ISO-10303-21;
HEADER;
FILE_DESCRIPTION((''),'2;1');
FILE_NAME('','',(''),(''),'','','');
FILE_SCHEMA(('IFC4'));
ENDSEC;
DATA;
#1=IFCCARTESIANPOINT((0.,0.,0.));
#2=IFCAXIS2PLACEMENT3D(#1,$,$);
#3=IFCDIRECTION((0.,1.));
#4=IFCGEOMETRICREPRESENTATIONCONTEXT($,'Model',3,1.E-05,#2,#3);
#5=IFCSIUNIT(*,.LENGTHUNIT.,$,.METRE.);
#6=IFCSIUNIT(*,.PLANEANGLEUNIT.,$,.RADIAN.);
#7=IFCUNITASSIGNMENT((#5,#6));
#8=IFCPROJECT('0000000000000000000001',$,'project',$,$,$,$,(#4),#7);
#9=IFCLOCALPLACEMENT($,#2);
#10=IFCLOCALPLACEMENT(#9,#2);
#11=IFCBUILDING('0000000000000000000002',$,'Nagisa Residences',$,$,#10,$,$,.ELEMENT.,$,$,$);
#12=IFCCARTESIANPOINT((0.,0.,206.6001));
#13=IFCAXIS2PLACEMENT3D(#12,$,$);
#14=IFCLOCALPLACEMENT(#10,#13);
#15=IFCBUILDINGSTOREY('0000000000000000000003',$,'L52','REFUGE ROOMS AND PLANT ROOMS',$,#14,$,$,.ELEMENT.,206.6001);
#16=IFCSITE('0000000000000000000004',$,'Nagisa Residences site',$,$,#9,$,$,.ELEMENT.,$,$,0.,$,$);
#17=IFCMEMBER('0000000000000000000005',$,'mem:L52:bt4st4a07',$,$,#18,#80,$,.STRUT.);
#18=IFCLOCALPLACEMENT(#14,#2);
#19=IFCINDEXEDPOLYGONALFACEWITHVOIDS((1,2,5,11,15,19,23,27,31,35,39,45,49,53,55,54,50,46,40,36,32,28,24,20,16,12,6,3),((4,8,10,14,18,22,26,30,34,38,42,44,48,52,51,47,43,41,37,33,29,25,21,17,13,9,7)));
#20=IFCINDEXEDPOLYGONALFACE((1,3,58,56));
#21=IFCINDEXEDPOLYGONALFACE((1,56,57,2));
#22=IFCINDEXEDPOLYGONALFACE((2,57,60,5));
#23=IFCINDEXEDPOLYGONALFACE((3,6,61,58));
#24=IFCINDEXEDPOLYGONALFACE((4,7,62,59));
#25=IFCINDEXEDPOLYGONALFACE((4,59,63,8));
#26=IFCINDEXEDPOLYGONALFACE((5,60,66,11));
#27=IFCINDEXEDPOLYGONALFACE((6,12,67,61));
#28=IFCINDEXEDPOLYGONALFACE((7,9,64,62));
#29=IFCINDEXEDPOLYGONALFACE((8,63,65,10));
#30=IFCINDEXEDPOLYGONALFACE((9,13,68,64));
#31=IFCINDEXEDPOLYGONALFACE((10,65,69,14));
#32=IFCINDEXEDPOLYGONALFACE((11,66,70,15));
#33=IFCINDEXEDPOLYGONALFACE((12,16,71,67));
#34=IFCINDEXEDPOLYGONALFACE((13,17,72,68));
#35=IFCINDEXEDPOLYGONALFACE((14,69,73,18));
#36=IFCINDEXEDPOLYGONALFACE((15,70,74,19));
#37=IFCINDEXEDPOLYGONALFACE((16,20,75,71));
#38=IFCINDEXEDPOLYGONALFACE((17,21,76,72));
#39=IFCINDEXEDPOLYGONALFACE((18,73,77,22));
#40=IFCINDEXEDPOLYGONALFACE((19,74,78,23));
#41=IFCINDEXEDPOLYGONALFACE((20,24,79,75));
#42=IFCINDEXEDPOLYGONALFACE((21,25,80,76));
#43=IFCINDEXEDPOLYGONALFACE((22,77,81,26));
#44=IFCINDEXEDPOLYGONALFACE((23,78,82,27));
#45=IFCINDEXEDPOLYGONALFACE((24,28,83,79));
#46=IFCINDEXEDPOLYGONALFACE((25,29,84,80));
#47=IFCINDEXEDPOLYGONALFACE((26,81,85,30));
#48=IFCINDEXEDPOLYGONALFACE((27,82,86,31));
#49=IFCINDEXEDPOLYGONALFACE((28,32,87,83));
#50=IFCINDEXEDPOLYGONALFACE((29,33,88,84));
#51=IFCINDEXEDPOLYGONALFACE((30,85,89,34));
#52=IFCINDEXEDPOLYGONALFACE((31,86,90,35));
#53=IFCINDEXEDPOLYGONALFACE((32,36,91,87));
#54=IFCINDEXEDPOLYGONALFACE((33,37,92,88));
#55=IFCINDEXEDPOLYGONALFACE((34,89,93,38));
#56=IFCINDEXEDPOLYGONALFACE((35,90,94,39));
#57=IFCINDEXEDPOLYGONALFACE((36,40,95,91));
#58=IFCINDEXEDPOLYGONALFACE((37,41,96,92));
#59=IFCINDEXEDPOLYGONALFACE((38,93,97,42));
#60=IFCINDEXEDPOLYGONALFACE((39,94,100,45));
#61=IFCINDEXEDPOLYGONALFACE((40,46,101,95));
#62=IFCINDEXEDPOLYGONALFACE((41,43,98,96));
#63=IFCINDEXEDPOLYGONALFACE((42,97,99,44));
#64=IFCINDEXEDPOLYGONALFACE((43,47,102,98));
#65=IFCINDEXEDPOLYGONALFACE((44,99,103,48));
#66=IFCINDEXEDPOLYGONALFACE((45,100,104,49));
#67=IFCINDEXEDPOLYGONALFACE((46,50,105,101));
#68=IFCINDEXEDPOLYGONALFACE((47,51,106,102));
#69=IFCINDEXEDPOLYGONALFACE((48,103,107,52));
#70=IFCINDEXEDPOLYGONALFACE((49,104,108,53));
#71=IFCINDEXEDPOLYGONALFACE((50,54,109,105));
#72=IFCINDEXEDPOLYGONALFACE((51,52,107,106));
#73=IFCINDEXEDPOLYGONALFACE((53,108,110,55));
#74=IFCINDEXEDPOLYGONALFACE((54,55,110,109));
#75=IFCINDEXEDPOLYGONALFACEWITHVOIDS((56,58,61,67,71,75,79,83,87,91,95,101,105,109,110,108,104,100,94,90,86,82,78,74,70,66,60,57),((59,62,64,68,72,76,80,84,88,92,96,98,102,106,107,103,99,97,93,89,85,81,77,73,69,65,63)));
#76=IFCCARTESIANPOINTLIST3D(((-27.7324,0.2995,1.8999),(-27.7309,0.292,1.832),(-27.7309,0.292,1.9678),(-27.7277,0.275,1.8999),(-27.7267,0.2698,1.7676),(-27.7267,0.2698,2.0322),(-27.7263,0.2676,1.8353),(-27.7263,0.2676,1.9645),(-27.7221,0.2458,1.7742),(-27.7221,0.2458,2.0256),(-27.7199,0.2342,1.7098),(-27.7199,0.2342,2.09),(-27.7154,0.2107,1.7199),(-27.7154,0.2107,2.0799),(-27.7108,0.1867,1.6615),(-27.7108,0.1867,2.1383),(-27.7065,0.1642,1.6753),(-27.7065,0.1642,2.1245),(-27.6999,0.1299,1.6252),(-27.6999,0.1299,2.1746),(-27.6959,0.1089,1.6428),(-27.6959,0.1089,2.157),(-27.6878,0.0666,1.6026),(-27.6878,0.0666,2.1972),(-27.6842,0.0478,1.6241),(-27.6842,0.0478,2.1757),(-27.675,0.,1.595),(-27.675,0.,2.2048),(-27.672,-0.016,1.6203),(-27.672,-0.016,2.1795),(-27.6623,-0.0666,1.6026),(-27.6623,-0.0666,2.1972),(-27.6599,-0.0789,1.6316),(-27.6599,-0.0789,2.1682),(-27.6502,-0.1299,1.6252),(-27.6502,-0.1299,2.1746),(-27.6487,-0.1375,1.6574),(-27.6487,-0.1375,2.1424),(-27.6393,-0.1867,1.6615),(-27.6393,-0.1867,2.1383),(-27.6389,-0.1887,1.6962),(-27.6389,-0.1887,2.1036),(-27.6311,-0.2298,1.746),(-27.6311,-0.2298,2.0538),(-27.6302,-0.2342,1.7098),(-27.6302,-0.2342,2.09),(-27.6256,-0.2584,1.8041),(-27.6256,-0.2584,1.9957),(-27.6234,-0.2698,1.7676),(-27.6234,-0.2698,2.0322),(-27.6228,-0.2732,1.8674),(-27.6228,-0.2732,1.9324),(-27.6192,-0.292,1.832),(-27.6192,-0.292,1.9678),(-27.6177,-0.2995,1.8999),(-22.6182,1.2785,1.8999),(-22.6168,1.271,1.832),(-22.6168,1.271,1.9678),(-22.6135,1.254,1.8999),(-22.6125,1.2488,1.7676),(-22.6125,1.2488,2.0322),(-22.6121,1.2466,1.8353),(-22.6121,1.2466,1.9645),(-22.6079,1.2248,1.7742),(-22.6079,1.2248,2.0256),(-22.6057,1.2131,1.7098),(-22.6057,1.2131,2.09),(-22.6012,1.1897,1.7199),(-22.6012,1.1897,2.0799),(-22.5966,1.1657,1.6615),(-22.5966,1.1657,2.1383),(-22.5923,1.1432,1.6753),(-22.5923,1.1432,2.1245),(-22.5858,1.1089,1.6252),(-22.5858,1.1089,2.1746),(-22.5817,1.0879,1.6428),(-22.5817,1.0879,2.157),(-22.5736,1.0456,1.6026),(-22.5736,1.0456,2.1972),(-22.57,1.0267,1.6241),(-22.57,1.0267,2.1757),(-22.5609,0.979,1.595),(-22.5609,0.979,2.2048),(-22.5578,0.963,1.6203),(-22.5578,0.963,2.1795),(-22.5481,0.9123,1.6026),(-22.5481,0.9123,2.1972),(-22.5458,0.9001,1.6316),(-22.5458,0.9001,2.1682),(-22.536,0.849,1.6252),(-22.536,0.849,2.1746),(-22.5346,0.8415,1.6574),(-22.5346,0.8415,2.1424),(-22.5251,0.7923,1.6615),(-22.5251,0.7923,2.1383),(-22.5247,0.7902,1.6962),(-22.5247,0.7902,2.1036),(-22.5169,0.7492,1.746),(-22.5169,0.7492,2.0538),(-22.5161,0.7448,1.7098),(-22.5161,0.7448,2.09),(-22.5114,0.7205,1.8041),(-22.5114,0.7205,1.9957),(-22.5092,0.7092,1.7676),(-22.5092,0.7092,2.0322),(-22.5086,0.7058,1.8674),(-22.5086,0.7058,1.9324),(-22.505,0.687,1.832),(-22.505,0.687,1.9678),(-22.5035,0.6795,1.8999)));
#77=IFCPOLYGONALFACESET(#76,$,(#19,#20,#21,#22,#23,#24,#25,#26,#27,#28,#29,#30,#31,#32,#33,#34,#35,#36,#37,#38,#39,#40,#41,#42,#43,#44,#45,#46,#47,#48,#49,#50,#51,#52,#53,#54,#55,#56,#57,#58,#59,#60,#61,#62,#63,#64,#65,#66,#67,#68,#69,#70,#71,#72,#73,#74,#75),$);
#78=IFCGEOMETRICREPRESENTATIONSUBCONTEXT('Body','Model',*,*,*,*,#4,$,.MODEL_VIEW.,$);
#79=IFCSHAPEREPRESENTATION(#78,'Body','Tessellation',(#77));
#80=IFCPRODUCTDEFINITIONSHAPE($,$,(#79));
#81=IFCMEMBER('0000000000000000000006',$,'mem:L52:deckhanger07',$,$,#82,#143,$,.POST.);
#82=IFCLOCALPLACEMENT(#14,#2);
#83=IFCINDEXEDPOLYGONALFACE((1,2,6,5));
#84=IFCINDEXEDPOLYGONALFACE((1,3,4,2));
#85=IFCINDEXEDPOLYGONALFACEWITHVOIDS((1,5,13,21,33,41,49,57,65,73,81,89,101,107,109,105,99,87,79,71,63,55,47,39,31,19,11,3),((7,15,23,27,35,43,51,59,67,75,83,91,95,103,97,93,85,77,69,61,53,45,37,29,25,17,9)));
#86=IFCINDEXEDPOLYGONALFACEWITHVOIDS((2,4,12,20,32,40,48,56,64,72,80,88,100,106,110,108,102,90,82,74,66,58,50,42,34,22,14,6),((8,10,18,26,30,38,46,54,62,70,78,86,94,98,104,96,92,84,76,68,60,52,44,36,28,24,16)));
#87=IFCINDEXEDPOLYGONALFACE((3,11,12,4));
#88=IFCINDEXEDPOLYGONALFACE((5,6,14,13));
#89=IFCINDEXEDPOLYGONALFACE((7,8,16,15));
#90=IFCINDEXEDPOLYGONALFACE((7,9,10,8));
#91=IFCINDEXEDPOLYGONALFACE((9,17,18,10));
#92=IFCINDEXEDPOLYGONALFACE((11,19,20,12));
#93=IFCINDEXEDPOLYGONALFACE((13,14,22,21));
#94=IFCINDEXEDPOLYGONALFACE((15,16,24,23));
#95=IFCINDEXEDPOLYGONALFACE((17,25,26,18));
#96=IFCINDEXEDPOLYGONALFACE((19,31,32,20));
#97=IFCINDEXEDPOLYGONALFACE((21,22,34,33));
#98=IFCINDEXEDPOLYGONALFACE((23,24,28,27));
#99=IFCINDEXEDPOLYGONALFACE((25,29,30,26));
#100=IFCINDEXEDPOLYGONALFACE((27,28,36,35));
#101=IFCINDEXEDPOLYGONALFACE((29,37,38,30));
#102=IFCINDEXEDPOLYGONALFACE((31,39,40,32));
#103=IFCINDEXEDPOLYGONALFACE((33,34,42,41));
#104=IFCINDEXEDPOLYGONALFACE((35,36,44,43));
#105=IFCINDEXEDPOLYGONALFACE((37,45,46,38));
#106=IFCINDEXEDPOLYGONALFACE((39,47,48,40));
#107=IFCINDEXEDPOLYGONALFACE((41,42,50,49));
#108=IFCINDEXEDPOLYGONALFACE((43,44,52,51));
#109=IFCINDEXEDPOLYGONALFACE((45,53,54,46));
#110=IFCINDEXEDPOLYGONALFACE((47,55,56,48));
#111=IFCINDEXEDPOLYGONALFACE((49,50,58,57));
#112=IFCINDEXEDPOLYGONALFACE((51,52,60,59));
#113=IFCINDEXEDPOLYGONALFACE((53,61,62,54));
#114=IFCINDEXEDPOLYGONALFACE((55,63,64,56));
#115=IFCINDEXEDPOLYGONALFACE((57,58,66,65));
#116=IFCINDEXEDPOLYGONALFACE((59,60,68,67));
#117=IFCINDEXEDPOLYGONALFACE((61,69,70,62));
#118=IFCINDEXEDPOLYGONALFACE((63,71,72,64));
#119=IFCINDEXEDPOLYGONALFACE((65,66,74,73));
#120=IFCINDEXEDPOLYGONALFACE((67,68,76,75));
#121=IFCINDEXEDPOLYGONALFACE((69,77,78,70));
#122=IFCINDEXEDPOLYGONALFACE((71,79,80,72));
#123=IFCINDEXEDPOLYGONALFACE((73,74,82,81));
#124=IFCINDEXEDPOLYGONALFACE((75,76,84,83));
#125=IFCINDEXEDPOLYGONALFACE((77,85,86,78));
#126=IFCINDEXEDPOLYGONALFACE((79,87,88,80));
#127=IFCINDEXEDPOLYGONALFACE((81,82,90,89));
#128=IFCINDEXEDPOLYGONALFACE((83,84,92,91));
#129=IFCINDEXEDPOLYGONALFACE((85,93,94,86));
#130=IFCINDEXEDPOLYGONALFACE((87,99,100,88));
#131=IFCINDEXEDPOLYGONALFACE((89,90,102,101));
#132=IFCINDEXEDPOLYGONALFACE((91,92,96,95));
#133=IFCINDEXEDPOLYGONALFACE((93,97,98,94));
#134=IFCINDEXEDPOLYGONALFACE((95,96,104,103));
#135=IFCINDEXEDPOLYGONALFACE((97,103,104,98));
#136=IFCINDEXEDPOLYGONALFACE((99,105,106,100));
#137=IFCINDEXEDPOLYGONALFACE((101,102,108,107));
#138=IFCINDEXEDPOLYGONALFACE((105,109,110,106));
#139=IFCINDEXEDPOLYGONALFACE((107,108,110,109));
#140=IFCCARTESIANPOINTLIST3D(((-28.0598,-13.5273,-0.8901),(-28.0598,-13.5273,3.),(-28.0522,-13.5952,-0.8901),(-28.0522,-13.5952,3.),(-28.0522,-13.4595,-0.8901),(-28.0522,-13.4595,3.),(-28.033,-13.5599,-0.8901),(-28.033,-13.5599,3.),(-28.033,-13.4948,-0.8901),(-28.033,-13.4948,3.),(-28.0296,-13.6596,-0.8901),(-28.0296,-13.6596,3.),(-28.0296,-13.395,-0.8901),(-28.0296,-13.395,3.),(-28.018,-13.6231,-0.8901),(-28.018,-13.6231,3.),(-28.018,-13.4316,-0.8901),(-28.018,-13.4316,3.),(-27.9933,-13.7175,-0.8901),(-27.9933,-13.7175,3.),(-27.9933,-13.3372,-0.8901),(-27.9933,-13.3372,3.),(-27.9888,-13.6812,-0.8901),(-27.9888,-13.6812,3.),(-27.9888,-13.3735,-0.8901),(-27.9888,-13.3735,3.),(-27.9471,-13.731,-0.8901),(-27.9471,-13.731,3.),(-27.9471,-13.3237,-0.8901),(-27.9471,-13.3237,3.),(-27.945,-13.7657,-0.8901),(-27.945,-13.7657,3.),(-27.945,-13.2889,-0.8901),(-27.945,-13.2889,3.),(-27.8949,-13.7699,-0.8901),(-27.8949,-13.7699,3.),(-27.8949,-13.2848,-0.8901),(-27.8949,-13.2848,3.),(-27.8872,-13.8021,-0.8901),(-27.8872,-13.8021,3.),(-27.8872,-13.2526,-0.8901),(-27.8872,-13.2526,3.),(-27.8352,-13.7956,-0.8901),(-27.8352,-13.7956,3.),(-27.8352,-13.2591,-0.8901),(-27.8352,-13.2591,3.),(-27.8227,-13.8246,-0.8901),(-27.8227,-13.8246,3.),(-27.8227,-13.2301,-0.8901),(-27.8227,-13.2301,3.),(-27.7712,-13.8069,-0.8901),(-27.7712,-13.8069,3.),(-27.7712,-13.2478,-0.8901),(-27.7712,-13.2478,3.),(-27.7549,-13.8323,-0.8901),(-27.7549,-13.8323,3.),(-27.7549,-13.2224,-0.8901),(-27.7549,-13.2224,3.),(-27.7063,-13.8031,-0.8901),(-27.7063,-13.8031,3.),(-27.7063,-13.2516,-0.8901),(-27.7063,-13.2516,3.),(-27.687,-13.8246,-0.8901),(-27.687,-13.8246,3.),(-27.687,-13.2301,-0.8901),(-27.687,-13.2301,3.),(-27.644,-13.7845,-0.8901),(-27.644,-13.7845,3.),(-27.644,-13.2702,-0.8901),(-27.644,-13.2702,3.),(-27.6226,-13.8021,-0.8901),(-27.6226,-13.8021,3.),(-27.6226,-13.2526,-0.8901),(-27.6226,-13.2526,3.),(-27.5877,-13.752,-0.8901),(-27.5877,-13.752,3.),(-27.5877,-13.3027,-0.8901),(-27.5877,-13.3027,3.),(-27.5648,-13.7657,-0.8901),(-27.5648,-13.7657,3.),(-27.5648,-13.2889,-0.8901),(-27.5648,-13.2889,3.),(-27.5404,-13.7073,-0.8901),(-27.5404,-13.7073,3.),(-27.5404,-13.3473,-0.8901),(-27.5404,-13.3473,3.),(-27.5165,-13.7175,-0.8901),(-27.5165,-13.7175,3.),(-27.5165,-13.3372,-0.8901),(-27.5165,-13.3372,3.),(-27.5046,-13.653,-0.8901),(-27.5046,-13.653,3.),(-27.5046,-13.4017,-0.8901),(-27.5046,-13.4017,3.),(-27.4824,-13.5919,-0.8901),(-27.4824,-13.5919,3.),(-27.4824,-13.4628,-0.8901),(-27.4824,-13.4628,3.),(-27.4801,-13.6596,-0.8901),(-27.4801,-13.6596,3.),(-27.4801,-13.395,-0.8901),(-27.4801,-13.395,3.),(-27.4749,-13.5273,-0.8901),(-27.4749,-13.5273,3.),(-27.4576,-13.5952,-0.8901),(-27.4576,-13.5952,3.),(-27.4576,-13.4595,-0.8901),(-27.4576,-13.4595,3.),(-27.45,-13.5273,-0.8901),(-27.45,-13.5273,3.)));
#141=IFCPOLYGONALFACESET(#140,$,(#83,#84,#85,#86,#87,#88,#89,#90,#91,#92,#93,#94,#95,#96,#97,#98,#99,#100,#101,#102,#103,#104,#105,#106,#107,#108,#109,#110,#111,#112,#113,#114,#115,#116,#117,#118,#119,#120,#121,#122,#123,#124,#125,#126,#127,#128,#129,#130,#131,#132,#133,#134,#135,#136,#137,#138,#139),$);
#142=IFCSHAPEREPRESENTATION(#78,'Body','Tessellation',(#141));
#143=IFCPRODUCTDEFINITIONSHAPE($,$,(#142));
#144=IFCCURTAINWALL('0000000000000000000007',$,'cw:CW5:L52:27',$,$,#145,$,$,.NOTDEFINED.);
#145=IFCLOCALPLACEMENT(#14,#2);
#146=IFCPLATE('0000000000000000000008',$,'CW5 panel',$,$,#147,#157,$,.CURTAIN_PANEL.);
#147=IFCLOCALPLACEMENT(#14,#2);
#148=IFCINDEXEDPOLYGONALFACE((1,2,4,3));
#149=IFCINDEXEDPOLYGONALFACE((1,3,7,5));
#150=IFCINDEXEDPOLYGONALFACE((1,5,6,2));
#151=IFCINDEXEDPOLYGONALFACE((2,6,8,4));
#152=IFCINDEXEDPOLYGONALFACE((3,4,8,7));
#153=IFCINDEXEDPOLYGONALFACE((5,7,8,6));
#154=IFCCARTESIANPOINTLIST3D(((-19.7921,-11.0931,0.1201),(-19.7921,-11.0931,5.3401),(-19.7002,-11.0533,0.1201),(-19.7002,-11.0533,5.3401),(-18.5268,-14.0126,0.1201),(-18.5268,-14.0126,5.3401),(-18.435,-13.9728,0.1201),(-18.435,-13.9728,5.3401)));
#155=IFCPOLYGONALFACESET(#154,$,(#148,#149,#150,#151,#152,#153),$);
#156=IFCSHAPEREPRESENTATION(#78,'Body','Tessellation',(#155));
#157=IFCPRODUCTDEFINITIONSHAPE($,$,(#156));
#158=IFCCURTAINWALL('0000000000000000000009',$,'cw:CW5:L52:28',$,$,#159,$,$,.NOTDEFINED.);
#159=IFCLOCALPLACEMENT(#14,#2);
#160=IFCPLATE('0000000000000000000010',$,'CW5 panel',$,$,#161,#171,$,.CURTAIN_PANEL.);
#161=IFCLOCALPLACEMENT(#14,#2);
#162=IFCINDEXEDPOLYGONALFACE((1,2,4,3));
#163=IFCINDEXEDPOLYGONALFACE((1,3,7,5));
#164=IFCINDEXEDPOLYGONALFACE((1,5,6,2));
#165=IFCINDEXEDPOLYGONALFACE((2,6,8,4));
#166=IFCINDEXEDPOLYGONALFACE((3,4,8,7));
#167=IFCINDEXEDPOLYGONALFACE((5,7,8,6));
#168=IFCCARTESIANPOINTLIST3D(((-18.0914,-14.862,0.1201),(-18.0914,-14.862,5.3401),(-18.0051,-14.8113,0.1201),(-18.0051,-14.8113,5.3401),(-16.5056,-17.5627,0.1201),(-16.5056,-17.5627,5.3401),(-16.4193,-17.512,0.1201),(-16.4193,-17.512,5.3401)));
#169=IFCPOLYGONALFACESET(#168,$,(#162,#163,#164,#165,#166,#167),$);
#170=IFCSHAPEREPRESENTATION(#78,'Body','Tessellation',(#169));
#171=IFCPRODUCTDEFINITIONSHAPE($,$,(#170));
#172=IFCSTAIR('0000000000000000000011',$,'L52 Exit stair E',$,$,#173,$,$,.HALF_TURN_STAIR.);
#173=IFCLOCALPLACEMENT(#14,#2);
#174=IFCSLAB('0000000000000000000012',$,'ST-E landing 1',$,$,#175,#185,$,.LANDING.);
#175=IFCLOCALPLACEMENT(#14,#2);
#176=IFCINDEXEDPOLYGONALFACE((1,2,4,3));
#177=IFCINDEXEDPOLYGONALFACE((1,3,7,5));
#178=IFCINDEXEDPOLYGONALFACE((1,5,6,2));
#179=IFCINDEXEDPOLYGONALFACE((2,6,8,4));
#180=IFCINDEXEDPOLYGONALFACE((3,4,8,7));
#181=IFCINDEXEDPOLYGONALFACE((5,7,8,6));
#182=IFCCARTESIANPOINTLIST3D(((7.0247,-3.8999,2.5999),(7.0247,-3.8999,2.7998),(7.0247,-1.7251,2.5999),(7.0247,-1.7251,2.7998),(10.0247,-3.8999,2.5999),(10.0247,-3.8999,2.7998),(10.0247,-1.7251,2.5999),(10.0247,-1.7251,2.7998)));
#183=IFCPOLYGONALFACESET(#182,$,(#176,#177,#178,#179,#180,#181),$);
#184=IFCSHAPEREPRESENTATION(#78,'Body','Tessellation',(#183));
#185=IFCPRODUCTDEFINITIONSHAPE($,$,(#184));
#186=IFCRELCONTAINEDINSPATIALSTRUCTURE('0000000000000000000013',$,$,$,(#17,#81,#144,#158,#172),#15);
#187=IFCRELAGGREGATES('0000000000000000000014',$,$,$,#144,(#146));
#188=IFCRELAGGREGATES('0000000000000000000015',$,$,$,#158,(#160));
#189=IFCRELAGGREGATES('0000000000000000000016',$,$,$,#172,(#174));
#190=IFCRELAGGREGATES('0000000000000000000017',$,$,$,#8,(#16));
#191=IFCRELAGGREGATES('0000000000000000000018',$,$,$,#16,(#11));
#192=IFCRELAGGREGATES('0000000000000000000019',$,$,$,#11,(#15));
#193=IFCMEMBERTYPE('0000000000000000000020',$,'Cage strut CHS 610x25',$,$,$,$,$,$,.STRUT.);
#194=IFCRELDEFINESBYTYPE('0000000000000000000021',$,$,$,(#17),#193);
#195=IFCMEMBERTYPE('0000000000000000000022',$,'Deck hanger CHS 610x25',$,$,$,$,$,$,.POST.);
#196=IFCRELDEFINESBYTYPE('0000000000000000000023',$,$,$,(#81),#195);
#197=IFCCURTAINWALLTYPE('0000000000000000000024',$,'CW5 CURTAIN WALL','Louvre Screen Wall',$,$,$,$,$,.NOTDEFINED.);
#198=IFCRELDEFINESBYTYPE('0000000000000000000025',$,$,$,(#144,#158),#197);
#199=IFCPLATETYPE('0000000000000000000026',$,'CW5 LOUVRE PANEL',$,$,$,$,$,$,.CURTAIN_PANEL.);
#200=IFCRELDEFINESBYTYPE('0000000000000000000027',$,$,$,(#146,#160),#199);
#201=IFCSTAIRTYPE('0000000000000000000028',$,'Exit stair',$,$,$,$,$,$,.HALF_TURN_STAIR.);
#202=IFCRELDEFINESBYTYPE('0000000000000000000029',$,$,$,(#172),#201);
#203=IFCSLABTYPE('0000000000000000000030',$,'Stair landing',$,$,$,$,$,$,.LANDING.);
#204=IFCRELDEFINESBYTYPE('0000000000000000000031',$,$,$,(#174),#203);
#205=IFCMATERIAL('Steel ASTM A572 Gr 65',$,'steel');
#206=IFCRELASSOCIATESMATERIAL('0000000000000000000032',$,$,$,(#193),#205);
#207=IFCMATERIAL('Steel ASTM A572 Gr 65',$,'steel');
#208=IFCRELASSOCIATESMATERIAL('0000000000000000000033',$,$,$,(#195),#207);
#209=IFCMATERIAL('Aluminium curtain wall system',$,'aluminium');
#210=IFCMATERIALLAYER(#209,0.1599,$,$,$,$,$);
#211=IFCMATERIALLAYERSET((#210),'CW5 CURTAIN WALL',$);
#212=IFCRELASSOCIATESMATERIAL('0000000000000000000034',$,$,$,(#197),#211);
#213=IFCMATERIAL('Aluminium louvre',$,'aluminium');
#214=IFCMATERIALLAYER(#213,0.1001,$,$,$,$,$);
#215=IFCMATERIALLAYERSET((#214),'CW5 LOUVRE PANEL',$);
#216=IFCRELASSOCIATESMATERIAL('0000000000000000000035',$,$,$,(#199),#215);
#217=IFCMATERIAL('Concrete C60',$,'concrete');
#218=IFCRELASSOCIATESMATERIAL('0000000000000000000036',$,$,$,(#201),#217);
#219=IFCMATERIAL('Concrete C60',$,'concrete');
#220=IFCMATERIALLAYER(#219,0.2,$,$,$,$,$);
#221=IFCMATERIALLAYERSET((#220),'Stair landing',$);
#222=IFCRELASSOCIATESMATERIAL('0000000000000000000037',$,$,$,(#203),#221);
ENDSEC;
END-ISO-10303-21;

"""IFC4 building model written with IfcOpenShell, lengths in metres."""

from ifc_helpers import new_model, si_unit, direction, frame, origin, origin_2d, place, context, subcontext, project, spatial, polyline, rectangle, hollow_circle, outline, extrude, material, layer, layer_set, material_profile, profile_set, type_object, element, aggregate, save


model = new_model("IFC4")

# Units and contexts
model_context = context("Model", 3, precision=1e-05, world=origin(), true_north=direction((0.0, 1.0)))
body_context = subcontext(model_context, "Body", "Model", "MODEL_VIEW")
ifc_project = project(units=[si_unit("LENGTHUNIT", "METRE"), si_unit("PLANEANGLEUNIT", "RADIAN")], contexts=[model_context])

# Site, building, storey
site_placement = place(None, origin())
site = spatial("IfcSite", under=ifc_project, at=site_placement, Name="Nagisa Residences site", CompositionType="ELEMENT", RefElevation=0.0)
building_placement = place(site_placement, origin())
building = spatial("IfcBuilding", under=site, at=building_placement, Name="Nagisa Residences", CompositionType="ELEMENT")
storey_placement = place(building_placement, frame((0.0, 0.0, 206.6001)))
storey = spatial("IfcBuildingStorey", under=building, at=storey_placement, Name="L52", Description="REFUGE ROOMS AND PLANT ROOMS", CompositionType="ELEMENT", Elevation=206.6001)

# Members
ifc_material_1 = material(Name="Steel ASTM A572 Gr 65", Category="steel")
ifc_material_profile_1 = material_profile(ifc_material_1, hollow_circle(Radius=0.3049, WallThickness=0.0249, at=origin_2d()), Name="CHS 610x25")
ifc_profile_set_1 = profile_set([ifc_material_profile_1], Name="Steel ASTM A572 Gr 65")
member_type_1 = type_object("IfcMemberType", Name="Cage strut CHS 610x25", PredefinedType="STRUT", material=ifc_profile_set_1)
member_1_placement = place(storey_placement, frame((-27.675, 0.0, 1.8999), z_axis=(0.982167, 0.188013, 0.0), x_axis=(-0.188013, 0.982167, 0.0)))
element("IfcMember", 1, at=member_1_placement, inside=storey, type_object=member_type_1, Name="mem:L52:bt4st4a07", PredefinedType="STRUT", context=body_context, shape_type="SweptSolid", body=[
    extrude(hollow_circle(Radius=0.3049, WallThickness=0.0249, at=origin_2d()), origin(), (0.0, 0.0, 1.0), 5.207),
])
ifc_material_2 = material(Name="Steel ASTM A572 Gr 65", Category="steel")
ifc_material_profile_2 = material_profile(ifc_material_2, hollow_circle(Radius=0.3049, WallThickness=0.0249, at=origin_2d()), Name="CHS 610x25")
ifc_profile_set_2 = profile_set([ifc_material_profile_2], Name="Steel ASTM A572 Gr 65")
member_type_2 = type_object("IfcMemberType", Name="Deck hanger CHS 610x25", PredefinedType="POST", material=ifc_profile_set_2)
member_2_placement = place(storey_placement, frame((-27.7549, -13.5273, 3.0), z_axis=(0.0, 0.0, -1.0), x_axis=(1.0, 0.0, 0.0)))
element("IfcMember", 2, at=member_2_placement, inside=storey, type_object=member_type_2, Name="mem:L52:deckhanger07", PredefinedType="POST", context=body_context, shape_type="SweptSolid", body=[
    extrude(hollow_circle(Radius=0.3049, WallThickness=0.0249, at=origin_2d()), origin(), (0.0, 0.0, 1.0), 3.8901),
])

# Curtain walls, plates
ifc_material_3 = material(Name="Aluminium curtain wall system", Category="aluminium")
ifc_layer_1 = layer(ifc_material_3, 0.1599)
ifc_layer_set_1 = layer_set([ifc_layer_1], Name="CW5 CURTAIN WALL")
curtain_wall_type = type_object("IfcCurtainWallType", Name="CW5 CURTAIN WALL", Description="Louvre Screen Wall", PredefinedType="NOTDEFINED", material=ifc_layer_set_1)
curtain_wall_1_placement = place(storey_placement, origin())
curtain_wall_1 = element("IfcCurtainWall", 3, at=curtain_wall_1_placement, inside=storey, type_object=curtain_wall_type, Name="cw:CW5:L52:27", PredefinedType="NOTDEFINED")
ifc_material_4 = material(Name="Aluminium louvre", Category="aluminium")
ifc_layer_2 = layer(ifc_material_4, 0.1001)
ifc_layer_set_2 = layer_set([ifc_layer_2], Name="CW5 LOUVRE PANEL")
plate_type = type_object("IfcPlateType", Name="CW5 LOUVRE PANEL", PredefinedType="CURTAIN_PANEL", material=ifc_layer_set_2)
plate_1_placement = place(storey_placement, frame((-19.1135, -12.533, 0.1201), z_axis=(0.0, 0.0, 1.0), x_axis=(0.397636, -0.917543, 0.0)))
plate_1 = element("IfcPlate", 4, at=plate_1_placement, type_object=plate_type, Name="CW5 panel", PredefinedType="CURTAIN_PANEL", context=body_context, shape_type="SweptSolid", body=[
    extrude(rectangle(XDim=3.1819, YDim=0.1001, at=origin_2d()), origin(), (0.0, 0.0, 1.0), 5.22),
])
aggregate(curtain_wall_1, [plate_1])
curtain_wall_2_placement = place(storey_placement, origin())
curtain_wall_2 = element("IfcCurtainWall", 5, at=curtain_wall_2_placement, inside=storey, type_object=curtain_wall_type, Name="cw:CW5:L52:28", PredefinedType="NOTDEFINED")
plate_2_placement = place(storey_placement, frame((-17.2554, -16.187, 0.1201), z_axis=(0.0, 0.0, 1.0), x_axis=(0.506349, -0.862329, 0.0)))
plate_2 = element("IfcPlate", 6, at=plate_2_placement, type_object=plate_type, Name="CW5 panel", PredefinedType="CURTAIN_PANEL", context=body_context, shape_type="SweptSolid", body=[
    extrude(rectangle(XDim=3.1318, YDim=0.1001, at=origin_2d()), origin(), (0.0, 0.0, 1.0), 5.22),
])
aggregate(curtain_wall_2, [plate_2])

# Stair, slab
ifc_material_5 = material(Name="Concrete C60", Category="concrete")
stair_type = type_object("IfcStairType", Name="Exit stair", PredefinedType="HALF_TURN_STAIR", material=ifc_material_5)
stair_1_placement = place(storey_placement, origin())
stair_1 = element("IfcStair", 7, at=stair_1_placement, inside=storey, type_object=stair_type, Name="L52 Exit stair E", PredefinedType="HALF_TURN_STAIR")
ifc_material_6 = material(Name="Concrete C60", Category="concrete")
ifc_layer_3 = layer(ifc_material_6, 0.2)
ifc_layer_set_3 = layer_set([ifc_layer_3], Name="Stair landing")
slab_type = type_object("IfcSlabType", Name="Stair landing", PredefinedType="LANDING", material=ifc_layer_set_3)
slab_placement = place(storey_placement, frame((0.0, 0.0, 2.5999)))
slab = element("IfcSlab", 8, at=slab_placement, type_object=slab_type, Name="ST-E landing 1", PredefinedType="LANDING", context=body_context, shape_type="SweptSolid", body=[
    extrude(outline(polyline([(7.0247, -1.7251), (7.0247, -3.8999), (10.0247, -3.8999), (10.0247, -1.7251), (7.0247, -1.7251)])), origin(), (0.0, 0.0, 1.0), 0.2),
])
aggregate(stair_1, [slab])

save(model, "model.ifc")
